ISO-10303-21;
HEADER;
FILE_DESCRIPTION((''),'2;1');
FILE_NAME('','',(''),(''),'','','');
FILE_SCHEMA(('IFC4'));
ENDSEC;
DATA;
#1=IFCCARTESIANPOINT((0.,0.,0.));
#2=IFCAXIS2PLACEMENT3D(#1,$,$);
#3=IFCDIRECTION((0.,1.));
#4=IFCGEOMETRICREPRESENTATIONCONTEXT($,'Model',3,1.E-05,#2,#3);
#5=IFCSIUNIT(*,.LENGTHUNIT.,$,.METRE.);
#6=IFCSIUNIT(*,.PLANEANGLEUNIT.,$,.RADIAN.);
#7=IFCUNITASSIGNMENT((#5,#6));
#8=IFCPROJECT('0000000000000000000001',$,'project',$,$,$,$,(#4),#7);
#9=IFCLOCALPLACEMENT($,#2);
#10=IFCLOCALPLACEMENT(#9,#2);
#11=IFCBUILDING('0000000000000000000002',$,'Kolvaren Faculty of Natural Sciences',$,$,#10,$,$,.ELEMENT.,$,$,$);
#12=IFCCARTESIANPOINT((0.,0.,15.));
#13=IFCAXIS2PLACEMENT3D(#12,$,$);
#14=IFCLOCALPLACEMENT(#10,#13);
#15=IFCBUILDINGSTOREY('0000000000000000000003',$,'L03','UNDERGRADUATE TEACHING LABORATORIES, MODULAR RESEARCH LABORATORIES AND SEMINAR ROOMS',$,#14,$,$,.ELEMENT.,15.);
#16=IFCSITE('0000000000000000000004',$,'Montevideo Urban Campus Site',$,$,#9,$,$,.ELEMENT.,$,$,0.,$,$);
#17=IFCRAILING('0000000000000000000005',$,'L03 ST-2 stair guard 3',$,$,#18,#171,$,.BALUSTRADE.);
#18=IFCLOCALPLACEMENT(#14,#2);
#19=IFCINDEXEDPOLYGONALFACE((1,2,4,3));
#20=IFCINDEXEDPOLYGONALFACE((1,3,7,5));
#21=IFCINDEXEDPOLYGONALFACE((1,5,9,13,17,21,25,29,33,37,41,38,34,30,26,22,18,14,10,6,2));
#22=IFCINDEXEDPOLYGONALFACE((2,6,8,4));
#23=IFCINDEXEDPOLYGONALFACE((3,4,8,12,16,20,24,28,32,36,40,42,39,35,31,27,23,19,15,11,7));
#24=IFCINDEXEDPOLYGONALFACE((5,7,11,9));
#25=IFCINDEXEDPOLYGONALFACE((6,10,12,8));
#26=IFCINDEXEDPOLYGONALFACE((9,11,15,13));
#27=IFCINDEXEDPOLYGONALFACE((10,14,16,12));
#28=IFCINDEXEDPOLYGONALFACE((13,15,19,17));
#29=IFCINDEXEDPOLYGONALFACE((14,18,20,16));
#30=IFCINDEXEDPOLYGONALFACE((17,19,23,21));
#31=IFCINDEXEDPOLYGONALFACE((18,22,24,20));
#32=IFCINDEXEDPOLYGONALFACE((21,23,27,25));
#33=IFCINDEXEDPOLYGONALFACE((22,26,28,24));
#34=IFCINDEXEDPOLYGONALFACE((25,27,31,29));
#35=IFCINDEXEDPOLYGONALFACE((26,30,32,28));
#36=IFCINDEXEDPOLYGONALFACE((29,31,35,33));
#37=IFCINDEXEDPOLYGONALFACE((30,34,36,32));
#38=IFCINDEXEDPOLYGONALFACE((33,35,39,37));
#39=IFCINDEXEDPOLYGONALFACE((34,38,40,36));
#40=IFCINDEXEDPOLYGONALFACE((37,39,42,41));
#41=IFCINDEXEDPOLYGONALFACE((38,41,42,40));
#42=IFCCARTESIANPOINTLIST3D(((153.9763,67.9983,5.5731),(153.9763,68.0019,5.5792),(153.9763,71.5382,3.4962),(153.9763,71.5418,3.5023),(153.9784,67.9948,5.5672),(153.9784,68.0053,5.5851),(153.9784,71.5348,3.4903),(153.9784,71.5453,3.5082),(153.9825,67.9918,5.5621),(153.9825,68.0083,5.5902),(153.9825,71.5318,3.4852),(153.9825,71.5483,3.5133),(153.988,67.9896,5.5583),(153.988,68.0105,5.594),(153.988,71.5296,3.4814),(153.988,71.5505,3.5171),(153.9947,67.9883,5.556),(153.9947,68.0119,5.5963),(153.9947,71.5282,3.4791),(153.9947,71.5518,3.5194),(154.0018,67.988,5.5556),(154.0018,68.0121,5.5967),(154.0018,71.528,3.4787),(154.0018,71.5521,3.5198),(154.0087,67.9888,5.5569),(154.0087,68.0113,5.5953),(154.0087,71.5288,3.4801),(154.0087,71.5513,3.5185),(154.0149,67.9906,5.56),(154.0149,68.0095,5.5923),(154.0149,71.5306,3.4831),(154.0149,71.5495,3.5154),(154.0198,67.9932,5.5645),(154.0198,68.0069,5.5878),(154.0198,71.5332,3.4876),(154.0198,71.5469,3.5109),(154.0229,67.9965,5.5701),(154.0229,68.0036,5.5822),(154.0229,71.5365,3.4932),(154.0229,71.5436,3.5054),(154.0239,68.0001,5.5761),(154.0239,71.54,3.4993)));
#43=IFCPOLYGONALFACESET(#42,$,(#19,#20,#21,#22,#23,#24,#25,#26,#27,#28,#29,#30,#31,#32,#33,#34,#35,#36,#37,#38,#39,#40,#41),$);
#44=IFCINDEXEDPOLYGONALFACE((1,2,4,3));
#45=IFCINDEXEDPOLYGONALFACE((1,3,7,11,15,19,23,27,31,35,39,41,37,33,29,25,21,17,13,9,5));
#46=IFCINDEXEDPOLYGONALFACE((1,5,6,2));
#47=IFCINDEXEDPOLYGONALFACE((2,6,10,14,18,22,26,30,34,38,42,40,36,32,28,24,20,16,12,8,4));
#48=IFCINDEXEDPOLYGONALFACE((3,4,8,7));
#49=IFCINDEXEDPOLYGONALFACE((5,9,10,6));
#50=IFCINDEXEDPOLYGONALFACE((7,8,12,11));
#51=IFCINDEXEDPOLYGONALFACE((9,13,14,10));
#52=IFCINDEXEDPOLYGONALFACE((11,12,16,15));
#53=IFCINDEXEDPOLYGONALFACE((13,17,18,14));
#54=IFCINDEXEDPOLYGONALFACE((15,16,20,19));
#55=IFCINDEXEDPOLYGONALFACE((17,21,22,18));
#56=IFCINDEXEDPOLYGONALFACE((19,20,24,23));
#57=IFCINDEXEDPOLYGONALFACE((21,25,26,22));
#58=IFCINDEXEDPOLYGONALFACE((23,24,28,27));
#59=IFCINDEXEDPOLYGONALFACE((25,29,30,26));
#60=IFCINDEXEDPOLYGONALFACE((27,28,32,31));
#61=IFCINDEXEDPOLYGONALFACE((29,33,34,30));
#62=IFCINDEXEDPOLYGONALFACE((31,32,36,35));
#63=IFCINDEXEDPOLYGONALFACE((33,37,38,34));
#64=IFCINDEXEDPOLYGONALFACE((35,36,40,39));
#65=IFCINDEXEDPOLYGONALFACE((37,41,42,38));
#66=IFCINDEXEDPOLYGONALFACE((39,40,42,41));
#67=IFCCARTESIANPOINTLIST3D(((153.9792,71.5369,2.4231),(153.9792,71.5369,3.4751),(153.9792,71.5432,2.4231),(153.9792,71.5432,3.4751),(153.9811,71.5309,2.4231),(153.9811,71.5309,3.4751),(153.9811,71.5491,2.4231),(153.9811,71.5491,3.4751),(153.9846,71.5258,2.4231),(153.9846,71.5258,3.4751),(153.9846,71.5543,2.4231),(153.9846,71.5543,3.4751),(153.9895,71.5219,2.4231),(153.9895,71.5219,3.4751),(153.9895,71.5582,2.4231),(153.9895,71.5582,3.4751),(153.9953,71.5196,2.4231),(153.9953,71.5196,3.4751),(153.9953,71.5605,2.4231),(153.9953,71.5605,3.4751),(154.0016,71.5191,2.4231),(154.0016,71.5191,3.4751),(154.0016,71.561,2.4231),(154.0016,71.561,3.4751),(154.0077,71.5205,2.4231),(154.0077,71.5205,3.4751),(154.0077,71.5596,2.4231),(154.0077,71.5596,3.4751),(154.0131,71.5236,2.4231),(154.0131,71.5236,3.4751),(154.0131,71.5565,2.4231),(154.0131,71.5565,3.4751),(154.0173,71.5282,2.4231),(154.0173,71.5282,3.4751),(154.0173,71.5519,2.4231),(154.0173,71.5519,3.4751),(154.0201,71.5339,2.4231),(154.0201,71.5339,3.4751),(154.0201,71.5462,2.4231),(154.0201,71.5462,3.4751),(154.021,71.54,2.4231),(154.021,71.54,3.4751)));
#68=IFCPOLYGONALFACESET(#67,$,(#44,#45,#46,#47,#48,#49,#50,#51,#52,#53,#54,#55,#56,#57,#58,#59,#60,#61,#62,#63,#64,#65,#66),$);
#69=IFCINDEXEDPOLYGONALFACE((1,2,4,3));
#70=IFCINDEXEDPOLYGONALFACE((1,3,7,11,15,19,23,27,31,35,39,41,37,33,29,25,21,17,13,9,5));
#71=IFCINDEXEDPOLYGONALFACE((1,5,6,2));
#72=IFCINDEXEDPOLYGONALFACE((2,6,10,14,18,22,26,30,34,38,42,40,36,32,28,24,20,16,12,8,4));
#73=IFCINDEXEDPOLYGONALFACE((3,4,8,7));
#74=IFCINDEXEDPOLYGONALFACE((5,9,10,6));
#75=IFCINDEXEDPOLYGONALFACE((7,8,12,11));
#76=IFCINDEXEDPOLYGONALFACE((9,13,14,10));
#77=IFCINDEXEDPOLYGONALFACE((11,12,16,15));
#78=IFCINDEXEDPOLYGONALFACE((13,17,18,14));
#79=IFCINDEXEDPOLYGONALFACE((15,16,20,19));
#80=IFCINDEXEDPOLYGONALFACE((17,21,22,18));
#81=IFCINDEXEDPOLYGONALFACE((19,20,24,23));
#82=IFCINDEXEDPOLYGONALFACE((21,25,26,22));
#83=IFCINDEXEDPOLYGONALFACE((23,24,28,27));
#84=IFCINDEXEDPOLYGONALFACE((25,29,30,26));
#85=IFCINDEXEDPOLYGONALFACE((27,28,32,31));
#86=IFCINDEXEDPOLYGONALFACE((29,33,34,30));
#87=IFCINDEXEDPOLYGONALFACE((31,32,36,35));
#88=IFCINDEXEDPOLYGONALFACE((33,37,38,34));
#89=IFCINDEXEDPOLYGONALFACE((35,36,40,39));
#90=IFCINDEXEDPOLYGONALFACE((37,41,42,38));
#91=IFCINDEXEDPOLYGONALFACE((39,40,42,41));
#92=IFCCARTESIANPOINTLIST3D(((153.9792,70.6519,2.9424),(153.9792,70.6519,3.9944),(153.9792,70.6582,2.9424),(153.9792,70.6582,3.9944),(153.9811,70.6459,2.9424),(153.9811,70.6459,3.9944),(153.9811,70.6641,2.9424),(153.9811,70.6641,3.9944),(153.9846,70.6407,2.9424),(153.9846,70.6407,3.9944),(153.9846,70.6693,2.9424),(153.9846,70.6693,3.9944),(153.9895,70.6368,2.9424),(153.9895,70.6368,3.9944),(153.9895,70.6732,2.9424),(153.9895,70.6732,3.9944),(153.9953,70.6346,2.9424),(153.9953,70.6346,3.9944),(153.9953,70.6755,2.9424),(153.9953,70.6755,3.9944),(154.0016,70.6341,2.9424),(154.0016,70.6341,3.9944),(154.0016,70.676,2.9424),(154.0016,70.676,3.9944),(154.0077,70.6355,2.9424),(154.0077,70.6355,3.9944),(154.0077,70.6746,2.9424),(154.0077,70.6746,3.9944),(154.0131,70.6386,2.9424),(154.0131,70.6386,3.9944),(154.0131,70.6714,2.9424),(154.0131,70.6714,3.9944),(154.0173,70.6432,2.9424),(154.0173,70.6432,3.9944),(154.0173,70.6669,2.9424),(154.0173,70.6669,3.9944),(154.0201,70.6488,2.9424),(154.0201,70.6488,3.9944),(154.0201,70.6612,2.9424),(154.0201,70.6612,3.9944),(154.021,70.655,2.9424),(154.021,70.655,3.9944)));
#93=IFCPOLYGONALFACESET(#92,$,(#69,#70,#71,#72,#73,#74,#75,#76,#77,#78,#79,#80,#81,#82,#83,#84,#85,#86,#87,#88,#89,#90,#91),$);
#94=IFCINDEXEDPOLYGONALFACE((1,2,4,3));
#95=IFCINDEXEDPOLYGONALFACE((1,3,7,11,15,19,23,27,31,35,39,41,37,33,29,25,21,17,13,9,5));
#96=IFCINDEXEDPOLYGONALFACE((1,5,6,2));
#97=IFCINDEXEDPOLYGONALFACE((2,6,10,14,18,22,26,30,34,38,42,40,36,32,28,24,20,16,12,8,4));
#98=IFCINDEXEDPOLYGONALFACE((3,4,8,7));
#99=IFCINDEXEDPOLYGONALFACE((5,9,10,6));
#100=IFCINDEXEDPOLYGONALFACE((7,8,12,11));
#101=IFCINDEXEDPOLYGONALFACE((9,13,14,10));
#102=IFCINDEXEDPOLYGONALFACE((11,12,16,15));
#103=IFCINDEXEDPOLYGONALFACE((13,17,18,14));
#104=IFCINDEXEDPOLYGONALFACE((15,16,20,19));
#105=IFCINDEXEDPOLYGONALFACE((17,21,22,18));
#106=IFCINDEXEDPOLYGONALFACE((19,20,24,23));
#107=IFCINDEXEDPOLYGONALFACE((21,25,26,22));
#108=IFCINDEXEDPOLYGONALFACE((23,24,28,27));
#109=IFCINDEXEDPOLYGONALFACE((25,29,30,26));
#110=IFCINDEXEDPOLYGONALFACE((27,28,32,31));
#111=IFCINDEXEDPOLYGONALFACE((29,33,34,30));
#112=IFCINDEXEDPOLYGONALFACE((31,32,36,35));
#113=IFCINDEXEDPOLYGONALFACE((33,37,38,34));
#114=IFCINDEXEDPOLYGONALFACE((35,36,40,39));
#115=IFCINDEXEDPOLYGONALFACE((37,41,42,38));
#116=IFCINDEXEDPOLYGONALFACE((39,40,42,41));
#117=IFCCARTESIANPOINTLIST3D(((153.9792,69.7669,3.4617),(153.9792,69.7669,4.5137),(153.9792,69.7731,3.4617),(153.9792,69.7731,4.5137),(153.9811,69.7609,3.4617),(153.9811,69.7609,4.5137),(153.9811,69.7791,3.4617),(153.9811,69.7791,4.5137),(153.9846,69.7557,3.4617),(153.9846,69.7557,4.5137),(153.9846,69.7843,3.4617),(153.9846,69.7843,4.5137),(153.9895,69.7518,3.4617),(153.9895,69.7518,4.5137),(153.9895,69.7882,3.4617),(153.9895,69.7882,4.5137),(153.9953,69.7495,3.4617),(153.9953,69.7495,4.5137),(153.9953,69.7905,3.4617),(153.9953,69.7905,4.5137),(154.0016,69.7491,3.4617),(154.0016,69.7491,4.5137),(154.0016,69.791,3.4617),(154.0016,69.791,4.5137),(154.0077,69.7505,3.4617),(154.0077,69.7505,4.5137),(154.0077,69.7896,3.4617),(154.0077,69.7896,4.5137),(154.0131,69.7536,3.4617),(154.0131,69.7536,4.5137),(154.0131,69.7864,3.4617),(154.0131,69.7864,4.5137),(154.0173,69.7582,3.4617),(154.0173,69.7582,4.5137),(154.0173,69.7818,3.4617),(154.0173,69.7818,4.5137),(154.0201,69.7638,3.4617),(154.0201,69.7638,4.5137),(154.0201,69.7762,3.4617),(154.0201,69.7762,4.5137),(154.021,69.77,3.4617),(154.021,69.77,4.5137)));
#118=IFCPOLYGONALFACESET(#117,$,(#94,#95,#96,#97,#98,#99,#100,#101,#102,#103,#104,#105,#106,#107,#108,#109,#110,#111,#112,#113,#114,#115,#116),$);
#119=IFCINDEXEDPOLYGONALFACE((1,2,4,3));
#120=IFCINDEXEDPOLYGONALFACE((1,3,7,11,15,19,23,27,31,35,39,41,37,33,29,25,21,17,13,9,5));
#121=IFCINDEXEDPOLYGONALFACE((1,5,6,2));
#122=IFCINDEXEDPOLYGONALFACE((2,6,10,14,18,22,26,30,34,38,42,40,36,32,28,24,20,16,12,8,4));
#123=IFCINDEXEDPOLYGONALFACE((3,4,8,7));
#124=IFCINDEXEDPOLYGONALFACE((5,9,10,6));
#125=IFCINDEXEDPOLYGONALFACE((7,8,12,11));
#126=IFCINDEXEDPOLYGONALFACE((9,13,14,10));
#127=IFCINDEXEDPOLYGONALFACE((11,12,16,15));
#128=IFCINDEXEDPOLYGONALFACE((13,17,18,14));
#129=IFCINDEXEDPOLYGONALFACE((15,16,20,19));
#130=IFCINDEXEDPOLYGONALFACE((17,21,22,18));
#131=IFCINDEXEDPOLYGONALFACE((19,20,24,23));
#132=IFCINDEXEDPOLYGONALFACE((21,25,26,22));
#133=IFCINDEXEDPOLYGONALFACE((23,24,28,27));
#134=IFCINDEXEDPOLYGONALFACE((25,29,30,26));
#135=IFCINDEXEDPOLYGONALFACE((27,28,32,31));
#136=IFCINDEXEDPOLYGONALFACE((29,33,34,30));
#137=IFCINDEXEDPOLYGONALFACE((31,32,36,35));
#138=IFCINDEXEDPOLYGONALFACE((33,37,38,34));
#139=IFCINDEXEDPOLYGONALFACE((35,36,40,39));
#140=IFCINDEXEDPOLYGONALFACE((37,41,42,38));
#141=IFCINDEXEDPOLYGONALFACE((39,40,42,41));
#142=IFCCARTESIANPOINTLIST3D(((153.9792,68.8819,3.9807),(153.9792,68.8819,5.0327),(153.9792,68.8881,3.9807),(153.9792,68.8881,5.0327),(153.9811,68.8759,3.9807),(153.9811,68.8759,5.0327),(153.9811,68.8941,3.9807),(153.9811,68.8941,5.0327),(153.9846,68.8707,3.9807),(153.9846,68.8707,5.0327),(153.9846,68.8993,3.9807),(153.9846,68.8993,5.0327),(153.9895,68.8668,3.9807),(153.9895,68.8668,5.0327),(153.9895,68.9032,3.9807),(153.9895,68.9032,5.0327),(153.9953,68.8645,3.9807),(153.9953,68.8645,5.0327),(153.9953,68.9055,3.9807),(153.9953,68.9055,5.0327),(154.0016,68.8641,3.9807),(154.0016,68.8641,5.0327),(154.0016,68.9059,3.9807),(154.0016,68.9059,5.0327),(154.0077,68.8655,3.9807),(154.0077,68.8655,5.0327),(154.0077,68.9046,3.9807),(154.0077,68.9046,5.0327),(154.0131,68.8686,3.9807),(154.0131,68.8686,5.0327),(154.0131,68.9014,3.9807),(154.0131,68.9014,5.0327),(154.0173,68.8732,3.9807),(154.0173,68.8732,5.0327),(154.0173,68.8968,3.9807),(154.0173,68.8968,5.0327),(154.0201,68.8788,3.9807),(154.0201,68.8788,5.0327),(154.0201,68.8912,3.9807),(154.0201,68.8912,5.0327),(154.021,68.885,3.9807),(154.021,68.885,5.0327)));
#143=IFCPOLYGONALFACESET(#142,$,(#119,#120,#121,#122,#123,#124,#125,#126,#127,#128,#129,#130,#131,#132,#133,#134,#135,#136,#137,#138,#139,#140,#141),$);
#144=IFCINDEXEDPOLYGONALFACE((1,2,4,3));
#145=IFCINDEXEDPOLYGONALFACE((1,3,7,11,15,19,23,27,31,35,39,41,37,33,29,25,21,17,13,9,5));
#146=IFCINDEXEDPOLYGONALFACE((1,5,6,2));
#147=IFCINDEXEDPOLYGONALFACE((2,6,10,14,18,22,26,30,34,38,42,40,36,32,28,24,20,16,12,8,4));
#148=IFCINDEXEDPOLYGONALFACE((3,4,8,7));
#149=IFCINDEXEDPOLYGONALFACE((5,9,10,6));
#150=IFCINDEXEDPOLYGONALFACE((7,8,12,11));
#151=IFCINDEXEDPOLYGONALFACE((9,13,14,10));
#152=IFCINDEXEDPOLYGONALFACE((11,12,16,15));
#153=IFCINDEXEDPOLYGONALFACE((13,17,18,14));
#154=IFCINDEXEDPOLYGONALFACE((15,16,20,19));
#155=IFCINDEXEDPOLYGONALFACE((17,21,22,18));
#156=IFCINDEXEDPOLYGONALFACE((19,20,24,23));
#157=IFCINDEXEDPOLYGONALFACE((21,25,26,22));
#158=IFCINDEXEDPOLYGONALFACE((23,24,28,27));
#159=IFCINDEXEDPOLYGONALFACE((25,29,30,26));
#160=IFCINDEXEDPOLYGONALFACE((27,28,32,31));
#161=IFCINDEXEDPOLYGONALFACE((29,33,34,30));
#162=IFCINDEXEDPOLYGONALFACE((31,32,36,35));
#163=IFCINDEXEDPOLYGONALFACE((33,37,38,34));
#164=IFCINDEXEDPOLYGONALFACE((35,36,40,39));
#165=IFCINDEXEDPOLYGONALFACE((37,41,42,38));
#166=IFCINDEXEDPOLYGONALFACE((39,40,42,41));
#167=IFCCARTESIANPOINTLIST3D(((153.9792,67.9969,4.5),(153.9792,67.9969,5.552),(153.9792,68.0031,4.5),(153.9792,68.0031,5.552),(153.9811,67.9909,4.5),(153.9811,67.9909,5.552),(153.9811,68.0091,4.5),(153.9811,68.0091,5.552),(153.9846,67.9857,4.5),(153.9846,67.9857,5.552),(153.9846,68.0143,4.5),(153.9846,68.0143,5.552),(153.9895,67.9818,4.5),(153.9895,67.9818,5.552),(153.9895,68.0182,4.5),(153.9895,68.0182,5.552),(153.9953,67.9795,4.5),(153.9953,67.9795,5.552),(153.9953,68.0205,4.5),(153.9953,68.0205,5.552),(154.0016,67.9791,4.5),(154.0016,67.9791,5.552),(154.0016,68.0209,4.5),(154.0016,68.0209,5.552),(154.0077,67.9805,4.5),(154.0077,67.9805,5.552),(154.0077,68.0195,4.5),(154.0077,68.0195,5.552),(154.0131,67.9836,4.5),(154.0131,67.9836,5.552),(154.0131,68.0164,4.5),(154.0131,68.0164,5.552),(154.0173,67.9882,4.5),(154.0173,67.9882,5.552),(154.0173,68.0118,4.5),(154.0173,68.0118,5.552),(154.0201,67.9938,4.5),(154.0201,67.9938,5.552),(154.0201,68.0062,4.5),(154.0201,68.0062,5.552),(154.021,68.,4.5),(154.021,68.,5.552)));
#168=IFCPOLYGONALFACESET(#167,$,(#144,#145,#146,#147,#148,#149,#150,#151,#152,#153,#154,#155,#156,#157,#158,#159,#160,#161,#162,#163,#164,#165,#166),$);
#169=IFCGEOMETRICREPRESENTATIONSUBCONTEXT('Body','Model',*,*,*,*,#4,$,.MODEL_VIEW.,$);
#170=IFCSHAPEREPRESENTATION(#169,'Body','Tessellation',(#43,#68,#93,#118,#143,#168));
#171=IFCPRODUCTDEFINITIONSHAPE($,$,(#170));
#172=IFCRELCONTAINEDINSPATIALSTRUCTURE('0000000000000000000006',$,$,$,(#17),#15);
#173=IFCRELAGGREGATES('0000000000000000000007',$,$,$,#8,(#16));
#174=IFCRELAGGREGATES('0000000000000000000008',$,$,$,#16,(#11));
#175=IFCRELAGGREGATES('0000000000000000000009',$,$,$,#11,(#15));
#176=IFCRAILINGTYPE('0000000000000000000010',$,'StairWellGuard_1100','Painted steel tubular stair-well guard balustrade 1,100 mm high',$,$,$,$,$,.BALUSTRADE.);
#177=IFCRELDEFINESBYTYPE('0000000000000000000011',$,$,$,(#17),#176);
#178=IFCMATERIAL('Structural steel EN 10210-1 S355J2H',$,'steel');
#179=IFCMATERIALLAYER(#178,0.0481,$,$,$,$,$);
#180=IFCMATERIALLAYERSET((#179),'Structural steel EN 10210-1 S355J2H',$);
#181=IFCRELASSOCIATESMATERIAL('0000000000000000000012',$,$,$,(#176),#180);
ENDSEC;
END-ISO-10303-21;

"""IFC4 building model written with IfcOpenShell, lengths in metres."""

from ifc_helpers import new_model, si_unit, direction, frame, origin, origin_2d, place, context, subcontext, project, spatial, circle, extrude, material, layer, layer_set, type_object, element, save


model = new_model("IFC4")

# Units and contexts
model_context = context("Model", 3, precision=1e-05, world=origin(), true_north=direction((0.0, 1.0)))
body_context = subcontext(model_context, "Body", "Model", "MODEL_VIEW")
ifc_project = project(units=[si_unit("LENGTHUNIT", "METRE"), si_unit("PLANEANGLEUNIT", "RADIAN")], contexts=[model_context])

# Site, building, storey
site_placement = place(None, origin())
site = spatial("IfcSite", under=ifc_project, at=site_placement, Name="Montevideo Urban Campus Site", CompositionType="ELEMENT", RefElevation=0.0)
building_placement = place(site_placement, origin())
building = spatial("IfcBuilding", under=site, at=building_placement, Name="Kolvaren Faculty of Natural Sciences", CompositionType="ELEMENT")
storey_placement = place(building_placement, frame((0.0, 0.0, 15.0)))
storey = spatial("IfcBuildingStorey", under=building, at=storey_placement, Name="L03", Description="UNDERGRADUATE TEACHING LABORATORIES, MODULAR RESEARCH LABORATORIES AND SEMINAR ROOMS", CompositionType="ELEMENT", Elevation=15.0)

# Railing
ifc_material_1 = material(Name="Structural steel EN 10210-1 S355J2H", Category="steel")
ifc_layer_1 = layer(ifc_material_1, 0.0481)
ifc_layer_set_1 = layer_set([ifc_layer_1], Name="Structural steel EN 10210-1 S355J2H")
railing_type_1 = type_object("IfcRailingType", Name="StairWellGuard_1100", Description="Painted steel tubular stair-well guard balustrade 1,100 mm high", PredefinedType="BALUSTRADE", material=ifc_layer_set_1)
railing_1_placement = place(storey_placement, frame((154.0, 71.54, 2.4231)))
element("IfcRailing", 1, at=railing_1_placement, inside=storey, type_object=railing_type_1, Name="L03 ST-2 stair guard 3", PredefinedType="BALUSTRADE", context=body_context, shape_type="SweptSolid", body=[
    extrude(circle(Radius=0.0239, at=origin_2d()), frame((0.0, 0.0, 1.0762), z_axis=(0.0, -0.862516, 0.506029), x_axis=(1.0, 0.0, 0.0)), (0.0, 0.0, 1.0), 4.1042),
    extrude(circle(Radius=0.021, at=origin_2d()), origin(), (0.0, 0.0, 1.0), 1.052),
    extrude(circle(Radius=0.021, at=origin_2d()), frame((0.0, -0.885, 0.5193)), (0.0, 0.0, 1.0), 1.052),
    extrude(circle(Radius=0.021, at=origin_2d()), frame((0.0, -1.77, 1.0386)), (0.0, 0.0, 1.0), 1.052),
    extrude(circle(Radius=0.021, at=origin_2d()), frame((0.0, -2.655, 1.5576)), (0.0, 0.0, 1.0), 1.052),
    extrude(circle(Radius=0.021, at=origin_2d()), frame((0.0, -3.54, 2.0769)), (0.0, 0.0, 1.0), 1.052),
])

save(model, "model.ifc")
